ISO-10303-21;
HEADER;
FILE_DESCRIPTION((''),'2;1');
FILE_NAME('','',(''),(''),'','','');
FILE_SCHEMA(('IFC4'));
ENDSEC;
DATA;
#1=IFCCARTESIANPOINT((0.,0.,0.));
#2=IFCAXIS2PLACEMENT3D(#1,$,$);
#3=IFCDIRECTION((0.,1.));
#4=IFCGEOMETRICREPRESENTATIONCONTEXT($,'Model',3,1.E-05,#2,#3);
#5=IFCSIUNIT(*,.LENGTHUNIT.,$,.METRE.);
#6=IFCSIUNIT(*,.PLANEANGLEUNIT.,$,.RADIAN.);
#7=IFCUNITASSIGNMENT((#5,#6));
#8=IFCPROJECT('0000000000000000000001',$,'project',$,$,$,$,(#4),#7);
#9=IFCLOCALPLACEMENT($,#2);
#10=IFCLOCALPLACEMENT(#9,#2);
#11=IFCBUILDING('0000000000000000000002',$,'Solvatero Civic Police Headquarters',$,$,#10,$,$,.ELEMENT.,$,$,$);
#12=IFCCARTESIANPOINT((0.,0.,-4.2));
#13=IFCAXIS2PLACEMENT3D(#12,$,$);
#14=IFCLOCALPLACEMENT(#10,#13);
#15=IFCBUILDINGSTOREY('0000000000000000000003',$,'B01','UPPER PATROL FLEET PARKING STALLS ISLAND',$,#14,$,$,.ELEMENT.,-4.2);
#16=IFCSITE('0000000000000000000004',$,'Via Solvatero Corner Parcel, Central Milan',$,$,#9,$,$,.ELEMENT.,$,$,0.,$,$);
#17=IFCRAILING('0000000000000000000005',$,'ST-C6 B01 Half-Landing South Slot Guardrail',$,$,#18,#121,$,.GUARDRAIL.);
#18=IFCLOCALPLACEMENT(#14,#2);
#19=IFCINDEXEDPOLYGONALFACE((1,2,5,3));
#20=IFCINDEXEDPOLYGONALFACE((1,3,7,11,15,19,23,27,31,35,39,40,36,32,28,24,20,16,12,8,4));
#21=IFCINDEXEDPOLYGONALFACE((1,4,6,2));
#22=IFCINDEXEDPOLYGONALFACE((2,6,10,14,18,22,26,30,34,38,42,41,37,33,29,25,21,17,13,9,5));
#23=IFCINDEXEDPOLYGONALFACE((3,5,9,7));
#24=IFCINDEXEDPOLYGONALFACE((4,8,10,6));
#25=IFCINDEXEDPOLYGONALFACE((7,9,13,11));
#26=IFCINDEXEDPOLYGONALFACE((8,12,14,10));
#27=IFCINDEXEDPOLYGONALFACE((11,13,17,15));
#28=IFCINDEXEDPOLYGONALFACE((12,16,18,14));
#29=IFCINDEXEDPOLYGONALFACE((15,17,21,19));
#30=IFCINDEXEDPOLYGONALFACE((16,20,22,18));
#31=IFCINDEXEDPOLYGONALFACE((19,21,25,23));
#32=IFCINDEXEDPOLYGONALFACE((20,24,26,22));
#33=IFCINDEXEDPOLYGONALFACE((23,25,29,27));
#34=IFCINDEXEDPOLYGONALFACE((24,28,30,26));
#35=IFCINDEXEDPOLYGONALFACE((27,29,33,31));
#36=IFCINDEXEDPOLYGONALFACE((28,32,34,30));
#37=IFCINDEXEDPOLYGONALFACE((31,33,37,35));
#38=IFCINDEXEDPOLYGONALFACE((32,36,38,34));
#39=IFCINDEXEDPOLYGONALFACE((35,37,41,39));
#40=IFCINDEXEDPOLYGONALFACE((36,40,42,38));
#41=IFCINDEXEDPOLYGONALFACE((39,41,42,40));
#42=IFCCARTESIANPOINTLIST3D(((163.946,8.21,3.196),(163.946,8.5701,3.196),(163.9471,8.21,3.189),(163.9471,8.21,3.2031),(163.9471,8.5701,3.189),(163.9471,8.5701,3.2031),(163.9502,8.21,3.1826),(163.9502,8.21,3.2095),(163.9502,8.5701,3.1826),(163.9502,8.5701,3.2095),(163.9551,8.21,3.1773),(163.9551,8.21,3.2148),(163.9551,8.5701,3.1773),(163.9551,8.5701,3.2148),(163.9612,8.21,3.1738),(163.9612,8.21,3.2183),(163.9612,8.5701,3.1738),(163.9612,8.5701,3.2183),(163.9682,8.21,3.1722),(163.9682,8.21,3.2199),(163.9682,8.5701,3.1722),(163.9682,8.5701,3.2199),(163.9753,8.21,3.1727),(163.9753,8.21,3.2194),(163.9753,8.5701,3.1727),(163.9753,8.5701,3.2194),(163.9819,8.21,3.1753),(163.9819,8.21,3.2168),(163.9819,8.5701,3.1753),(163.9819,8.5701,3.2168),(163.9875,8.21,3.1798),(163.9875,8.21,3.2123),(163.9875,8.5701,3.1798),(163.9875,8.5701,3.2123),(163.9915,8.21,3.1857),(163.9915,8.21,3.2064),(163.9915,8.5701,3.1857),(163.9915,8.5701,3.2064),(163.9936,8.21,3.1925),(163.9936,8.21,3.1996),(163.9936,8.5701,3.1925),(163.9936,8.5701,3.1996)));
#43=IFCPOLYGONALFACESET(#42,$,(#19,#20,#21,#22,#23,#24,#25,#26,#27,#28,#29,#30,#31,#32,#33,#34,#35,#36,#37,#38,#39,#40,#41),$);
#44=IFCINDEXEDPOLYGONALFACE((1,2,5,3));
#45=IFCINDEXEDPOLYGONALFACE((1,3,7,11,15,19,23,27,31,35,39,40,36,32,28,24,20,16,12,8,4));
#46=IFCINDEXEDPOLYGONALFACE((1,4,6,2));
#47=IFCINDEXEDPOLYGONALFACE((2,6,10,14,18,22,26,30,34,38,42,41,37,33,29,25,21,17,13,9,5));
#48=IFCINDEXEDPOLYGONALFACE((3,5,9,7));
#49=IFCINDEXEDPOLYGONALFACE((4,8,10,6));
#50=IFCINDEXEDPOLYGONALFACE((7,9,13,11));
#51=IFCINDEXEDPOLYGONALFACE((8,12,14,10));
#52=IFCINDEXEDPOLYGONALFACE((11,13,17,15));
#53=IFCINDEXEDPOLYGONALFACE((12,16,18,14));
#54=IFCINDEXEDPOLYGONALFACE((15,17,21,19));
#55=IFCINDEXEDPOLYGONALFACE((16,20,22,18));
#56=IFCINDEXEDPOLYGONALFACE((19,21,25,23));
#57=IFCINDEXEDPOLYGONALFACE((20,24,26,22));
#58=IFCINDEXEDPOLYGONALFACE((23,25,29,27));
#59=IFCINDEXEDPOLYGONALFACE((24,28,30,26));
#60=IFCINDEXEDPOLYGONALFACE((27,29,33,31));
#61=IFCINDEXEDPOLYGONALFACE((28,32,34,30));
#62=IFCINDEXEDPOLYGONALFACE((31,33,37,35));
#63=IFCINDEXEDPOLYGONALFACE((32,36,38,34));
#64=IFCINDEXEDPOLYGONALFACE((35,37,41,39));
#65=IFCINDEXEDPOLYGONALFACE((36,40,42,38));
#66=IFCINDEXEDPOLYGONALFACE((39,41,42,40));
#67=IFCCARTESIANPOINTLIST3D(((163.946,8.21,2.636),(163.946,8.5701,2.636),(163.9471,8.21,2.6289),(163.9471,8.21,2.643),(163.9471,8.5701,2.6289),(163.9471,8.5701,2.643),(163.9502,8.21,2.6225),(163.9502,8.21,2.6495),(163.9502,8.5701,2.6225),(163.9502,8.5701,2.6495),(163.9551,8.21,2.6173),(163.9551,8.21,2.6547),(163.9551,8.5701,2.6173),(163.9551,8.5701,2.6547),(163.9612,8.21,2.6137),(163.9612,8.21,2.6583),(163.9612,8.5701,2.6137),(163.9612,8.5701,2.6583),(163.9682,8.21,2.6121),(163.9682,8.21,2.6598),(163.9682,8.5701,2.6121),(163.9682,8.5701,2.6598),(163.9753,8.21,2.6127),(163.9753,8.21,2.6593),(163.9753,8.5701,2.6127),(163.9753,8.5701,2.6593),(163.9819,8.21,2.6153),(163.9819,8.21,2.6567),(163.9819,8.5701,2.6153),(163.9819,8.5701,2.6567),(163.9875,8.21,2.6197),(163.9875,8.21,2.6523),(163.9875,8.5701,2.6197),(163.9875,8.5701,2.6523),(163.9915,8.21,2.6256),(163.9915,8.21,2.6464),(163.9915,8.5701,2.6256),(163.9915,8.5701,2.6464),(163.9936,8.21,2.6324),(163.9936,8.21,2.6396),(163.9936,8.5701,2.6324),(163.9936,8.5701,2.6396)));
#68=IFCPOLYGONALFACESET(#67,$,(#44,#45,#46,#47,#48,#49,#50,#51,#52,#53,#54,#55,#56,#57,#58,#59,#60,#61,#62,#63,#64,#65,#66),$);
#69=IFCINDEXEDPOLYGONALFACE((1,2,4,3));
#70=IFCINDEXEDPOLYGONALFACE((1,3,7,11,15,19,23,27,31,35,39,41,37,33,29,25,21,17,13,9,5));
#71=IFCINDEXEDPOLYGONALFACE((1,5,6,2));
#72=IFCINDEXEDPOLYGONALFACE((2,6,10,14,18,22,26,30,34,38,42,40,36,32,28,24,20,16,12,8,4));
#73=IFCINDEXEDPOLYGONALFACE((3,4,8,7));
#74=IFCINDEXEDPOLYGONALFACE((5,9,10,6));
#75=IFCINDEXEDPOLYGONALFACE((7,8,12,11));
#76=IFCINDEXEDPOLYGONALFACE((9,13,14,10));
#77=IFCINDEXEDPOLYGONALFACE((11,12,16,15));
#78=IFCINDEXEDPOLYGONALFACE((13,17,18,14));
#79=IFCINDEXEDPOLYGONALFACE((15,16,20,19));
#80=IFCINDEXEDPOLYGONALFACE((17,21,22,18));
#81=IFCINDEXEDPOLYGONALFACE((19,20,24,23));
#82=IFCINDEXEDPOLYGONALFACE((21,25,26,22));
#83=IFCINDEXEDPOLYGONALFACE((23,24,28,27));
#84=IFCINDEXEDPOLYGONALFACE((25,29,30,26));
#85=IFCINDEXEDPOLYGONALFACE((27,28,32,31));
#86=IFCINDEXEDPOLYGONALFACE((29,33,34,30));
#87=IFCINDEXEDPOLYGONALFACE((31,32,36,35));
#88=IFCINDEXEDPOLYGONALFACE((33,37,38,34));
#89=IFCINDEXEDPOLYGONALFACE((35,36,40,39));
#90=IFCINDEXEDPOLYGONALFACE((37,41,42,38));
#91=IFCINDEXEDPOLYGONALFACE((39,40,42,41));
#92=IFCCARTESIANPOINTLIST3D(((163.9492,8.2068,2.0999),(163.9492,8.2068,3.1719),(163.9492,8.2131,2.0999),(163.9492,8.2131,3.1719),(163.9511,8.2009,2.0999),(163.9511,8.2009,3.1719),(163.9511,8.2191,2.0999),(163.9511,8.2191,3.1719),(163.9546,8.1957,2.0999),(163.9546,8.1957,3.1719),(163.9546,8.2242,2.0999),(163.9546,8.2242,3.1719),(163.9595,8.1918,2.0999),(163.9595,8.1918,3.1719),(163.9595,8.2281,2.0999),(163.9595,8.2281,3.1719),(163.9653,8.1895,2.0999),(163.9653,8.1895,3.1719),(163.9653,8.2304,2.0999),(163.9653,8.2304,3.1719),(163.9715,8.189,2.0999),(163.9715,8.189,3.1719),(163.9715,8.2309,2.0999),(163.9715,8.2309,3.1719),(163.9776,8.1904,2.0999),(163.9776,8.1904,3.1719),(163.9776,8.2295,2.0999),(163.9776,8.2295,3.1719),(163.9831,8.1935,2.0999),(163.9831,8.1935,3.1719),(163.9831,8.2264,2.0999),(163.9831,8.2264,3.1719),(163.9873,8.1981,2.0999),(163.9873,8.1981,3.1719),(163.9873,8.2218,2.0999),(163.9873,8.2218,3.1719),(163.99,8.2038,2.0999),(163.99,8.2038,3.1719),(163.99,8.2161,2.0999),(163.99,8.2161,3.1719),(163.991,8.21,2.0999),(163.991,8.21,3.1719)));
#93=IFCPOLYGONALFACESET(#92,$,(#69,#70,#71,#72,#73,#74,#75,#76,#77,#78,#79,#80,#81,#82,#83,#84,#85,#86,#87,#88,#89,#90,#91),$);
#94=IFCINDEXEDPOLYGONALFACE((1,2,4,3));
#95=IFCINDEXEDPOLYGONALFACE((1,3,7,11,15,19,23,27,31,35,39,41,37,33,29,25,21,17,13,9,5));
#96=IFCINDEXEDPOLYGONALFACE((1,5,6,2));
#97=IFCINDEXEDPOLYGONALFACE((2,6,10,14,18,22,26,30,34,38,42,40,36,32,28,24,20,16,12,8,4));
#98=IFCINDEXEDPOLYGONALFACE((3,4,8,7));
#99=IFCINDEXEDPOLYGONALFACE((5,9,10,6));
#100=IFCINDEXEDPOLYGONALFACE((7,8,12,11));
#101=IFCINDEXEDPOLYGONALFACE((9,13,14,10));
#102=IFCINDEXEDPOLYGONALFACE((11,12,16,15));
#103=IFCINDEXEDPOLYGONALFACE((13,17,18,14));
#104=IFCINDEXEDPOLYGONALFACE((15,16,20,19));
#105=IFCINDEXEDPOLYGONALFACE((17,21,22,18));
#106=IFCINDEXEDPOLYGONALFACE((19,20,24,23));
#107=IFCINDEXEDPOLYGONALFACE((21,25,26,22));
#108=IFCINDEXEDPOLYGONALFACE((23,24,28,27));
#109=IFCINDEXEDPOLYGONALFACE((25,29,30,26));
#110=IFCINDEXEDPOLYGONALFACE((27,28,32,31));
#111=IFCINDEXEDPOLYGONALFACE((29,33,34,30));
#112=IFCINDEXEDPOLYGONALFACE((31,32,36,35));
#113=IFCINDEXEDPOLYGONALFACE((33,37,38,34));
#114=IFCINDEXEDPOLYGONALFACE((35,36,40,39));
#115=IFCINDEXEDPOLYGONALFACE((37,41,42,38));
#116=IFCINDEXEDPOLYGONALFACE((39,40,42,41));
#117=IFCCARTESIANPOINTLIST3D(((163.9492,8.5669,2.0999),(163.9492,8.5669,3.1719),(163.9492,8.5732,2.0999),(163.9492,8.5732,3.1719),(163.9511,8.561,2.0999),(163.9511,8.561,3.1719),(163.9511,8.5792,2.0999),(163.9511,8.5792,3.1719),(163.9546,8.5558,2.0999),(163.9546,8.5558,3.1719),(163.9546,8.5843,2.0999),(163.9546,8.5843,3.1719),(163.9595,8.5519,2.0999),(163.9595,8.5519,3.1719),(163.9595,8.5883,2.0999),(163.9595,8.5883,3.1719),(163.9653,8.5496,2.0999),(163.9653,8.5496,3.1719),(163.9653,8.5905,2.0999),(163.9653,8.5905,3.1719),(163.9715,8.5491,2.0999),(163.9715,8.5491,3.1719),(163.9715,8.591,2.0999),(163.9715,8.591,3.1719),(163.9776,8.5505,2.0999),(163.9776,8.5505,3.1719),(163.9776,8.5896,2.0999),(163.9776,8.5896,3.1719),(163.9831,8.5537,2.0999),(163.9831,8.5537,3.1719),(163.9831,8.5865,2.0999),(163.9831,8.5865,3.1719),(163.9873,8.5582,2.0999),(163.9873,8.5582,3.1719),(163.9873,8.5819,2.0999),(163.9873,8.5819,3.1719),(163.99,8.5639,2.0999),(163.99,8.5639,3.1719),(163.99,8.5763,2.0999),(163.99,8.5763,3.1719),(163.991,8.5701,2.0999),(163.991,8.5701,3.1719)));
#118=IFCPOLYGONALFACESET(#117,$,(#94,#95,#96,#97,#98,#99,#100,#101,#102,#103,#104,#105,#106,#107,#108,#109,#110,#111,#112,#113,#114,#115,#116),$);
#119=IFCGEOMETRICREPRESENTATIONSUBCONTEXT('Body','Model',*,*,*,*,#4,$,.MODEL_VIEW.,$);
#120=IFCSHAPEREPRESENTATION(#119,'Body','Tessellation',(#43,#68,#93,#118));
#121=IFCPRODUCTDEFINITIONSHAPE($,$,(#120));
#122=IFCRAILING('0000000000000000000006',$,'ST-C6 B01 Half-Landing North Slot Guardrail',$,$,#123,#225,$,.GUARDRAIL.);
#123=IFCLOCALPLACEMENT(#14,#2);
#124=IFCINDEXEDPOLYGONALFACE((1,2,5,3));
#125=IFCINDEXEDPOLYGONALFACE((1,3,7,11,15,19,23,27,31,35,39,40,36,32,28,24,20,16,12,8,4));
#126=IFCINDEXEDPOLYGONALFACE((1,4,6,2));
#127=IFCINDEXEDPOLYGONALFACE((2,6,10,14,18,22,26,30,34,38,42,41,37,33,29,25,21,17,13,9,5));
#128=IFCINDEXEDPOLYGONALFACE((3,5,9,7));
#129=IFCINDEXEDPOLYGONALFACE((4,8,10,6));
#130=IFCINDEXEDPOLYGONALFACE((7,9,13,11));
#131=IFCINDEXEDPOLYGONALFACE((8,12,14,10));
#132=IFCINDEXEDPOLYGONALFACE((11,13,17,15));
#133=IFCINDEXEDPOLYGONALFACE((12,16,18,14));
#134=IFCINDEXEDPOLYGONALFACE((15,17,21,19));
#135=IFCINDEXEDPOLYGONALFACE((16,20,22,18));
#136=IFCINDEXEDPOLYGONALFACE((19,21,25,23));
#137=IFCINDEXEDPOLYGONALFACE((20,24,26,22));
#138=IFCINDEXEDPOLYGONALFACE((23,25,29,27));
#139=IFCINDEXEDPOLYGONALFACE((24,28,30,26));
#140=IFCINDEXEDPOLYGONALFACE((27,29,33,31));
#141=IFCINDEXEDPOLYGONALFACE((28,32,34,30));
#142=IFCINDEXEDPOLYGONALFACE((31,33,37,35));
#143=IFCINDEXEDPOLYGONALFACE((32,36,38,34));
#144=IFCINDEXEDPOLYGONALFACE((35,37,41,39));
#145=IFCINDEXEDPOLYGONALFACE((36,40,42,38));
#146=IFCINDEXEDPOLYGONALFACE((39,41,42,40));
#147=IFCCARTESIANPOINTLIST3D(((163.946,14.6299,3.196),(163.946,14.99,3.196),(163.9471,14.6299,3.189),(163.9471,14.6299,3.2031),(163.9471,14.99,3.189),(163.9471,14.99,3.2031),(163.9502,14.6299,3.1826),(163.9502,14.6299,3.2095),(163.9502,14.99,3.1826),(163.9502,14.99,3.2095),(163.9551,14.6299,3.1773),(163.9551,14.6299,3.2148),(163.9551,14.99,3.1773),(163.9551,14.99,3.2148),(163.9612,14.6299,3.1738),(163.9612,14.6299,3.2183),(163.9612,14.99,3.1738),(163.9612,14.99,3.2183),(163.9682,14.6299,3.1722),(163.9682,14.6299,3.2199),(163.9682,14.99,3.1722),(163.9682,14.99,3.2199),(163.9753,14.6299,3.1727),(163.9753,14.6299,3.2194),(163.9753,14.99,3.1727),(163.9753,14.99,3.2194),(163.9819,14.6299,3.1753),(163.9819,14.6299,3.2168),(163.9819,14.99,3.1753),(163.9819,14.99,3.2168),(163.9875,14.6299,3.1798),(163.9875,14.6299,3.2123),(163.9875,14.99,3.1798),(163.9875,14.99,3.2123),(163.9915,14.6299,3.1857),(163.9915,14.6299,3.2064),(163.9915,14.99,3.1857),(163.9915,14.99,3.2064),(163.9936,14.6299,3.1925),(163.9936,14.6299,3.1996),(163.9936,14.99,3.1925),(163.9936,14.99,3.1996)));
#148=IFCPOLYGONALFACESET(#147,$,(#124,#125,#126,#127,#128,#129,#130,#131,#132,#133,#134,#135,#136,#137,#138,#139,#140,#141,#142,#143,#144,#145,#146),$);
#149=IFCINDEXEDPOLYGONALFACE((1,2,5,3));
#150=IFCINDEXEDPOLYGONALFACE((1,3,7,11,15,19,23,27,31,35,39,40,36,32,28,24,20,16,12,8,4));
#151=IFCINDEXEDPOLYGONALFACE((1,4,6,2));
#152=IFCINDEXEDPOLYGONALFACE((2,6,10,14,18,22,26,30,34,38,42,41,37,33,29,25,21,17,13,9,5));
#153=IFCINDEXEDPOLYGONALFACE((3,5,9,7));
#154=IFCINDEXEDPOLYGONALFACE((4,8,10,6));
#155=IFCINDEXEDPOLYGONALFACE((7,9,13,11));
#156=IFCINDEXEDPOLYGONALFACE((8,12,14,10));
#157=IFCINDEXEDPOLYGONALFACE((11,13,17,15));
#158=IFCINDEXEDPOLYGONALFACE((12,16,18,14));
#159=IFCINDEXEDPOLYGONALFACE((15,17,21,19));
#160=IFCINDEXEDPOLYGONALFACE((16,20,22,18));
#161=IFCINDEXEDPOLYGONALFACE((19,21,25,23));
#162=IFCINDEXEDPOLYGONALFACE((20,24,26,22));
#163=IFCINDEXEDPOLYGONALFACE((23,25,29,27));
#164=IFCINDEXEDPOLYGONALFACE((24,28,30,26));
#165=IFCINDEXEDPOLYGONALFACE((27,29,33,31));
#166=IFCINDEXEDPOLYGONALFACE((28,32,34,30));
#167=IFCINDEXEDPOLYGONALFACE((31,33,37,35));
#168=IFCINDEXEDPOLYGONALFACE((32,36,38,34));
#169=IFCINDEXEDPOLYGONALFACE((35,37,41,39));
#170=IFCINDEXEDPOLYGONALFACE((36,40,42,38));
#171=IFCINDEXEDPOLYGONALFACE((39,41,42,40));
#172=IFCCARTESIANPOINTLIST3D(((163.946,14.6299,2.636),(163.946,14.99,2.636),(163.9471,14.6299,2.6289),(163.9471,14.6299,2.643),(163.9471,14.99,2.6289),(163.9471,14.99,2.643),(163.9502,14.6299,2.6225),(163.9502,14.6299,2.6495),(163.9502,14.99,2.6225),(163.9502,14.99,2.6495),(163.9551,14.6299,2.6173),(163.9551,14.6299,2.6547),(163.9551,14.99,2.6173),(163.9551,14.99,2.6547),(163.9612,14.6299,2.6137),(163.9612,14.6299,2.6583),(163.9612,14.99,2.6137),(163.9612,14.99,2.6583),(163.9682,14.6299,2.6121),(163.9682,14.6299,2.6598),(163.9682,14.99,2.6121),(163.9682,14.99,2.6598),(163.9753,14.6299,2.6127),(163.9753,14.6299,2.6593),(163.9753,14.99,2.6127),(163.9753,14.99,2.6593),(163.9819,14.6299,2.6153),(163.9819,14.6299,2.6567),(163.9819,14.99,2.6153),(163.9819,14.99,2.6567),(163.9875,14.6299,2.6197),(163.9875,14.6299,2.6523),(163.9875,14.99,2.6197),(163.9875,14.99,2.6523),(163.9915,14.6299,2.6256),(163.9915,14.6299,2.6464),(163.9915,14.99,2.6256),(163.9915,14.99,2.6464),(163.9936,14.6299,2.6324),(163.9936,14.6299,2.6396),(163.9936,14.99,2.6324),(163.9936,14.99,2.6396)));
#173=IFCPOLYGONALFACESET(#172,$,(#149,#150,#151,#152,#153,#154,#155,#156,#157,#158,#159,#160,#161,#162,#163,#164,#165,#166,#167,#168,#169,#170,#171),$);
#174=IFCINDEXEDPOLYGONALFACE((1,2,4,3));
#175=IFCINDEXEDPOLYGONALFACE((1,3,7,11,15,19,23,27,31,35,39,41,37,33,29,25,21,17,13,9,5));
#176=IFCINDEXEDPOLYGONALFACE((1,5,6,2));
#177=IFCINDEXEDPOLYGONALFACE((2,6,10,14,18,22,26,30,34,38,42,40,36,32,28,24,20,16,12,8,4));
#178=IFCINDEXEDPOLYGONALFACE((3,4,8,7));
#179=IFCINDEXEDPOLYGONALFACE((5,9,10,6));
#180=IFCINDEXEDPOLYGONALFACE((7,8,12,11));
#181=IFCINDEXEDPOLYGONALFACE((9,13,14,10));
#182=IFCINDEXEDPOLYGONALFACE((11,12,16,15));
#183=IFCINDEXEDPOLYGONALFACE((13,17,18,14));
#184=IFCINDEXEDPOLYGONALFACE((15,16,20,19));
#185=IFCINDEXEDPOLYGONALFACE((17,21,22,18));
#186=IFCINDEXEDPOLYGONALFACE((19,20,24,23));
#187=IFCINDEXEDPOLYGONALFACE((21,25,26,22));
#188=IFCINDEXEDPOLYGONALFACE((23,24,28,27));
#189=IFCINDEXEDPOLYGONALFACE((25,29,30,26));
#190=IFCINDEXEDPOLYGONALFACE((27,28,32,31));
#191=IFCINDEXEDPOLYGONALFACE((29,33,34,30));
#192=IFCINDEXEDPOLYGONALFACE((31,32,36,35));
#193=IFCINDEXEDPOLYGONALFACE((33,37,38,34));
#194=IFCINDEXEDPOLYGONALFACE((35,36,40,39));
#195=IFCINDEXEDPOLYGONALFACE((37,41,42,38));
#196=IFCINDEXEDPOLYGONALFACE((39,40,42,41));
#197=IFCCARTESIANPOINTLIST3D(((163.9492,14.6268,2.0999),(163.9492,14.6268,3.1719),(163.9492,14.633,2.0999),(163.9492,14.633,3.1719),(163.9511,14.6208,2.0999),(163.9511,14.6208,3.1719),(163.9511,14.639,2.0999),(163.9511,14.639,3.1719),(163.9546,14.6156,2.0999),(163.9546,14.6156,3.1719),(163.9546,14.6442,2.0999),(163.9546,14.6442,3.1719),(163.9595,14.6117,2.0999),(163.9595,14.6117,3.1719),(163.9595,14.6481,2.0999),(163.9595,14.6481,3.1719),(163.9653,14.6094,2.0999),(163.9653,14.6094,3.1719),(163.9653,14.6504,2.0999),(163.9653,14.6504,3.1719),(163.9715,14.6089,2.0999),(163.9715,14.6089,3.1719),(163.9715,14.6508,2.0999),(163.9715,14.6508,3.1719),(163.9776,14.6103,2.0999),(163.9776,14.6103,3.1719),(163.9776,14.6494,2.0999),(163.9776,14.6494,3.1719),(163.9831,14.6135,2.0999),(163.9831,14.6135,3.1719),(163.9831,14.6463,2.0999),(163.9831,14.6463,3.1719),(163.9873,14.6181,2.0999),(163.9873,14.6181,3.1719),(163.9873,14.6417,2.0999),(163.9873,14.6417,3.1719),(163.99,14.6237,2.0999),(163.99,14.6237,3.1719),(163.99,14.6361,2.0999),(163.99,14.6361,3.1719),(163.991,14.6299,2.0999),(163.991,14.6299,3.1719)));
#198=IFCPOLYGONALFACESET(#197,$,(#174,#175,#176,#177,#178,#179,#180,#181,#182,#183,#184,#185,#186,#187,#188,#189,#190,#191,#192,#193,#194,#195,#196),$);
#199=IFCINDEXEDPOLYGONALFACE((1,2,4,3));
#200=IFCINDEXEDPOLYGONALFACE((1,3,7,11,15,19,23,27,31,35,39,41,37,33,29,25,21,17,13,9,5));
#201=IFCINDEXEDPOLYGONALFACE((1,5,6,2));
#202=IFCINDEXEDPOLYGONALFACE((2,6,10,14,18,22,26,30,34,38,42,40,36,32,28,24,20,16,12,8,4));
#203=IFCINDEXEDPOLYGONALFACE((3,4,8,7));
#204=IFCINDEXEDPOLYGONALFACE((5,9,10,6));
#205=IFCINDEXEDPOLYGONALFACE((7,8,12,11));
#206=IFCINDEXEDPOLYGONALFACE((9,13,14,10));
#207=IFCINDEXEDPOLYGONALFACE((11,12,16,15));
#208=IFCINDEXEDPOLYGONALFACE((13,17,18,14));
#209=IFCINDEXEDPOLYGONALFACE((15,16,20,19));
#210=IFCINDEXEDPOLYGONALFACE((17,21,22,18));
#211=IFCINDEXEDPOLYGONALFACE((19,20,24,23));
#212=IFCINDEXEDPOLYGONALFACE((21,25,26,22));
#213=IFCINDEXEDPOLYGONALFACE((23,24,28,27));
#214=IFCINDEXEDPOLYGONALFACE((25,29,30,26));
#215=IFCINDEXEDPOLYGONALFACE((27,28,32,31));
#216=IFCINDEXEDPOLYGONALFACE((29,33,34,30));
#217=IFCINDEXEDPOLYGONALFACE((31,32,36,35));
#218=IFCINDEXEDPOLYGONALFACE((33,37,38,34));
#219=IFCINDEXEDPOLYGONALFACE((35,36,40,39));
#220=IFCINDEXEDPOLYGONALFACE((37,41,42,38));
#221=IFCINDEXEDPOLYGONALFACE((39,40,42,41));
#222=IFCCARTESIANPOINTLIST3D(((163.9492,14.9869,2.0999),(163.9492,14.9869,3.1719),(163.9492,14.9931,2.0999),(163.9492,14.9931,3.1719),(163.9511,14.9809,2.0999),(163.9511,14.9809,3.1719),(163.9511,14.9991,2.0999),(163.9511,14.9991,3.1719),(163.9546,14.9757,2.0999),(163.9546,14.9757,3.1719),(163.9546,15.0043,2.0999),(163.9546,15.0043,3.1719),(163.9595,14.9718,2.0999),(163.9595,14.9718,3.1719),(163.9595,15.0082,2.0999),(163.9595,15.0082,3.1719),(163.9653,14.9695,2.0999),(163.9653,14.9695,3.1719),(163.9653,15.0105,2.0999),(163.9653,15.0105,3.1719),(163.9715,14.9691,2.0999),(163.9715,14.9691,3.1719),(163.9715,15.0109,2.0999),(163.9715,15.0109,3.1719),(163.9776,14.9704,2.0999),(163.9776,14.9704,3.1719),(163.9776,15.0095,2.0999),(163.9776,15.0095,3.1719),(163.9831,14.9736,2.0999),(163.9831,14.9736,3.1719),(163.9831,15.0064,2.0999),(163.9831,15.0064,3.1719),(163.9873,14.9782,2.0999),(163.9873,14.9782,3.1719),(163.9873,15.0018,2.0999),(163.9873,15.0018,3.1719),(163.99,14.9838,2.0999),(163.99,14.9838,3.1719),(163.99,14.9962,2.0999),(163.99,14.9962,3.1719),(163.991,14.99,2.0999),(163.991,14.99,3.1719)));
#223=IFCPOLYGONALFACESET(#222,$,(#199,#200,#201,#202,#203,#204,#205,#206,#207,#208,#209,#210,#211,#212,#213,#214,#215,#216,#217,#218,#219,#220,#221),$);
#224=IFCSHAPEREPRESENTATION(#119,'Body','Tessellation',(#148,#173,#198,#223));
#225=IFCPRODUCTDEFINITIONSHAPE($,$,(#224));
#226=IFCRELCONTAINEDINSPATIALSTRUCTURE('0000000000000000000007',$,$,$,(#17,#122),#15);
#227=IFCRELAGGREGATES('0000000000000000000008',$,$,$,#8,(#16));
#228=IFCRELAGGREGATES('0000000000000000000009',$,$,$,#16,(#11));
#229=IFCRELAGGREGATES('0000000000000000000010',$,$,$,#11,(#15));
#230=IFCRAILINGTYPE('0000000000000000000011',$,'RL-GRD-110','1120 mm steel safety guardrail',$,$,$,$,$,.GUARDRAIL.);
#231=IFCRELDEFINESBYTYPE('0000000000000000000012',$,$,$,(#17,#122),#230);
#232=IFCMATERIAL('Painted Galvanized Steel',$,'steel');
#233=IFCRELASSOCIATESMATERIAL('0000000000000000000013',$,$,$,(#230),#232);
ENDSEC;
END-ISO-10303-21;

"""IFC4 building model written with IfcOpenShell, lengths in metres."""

from ifc_helpers import new_model, si_unit, direction, frame, origin, origin_2d, place, context, subcontext, project, spatial, circle, extrude, material, type_object, element, save


model = new_model("IFC4")

# Units and contexts
model_context = context("Model", 3, precision=1e-05, world=origin(), true_north=direction((0.0, 1.0)))
body_context = subcontext(model_context, "Body", "Model", "MODEL_VIEW")
ifc_project = project(units=[si_unit("LENGTHUNIT", "METRE"), si_unit("PLANEANGLEUNIT", "RADIAN")], contexts=[model_context])

# Site, building, storey
site_placement = place(None, origin())
site = spatial("IfcSite", under=ifc_project, at=site_placement, Name="Via Solvatero Corner Parcel, Central Milan", CompositionType="ELEMENT", RefElevation=0.0)
building_placement = place(site_placement, origin())
building = spatial("IfcBuilding", under=site, at=building_placement, Name="Solvatero Civic Police Headquarters", CompositionType="ELEMENT")
storey_placement = place(building_placement, frame((0.0, 0.0, -4.2)))
storey = spatial("IfcBuildingStorey", under=building, at=storey_placement, Name="B01", Description="UPPER PATROL FLEET PARKING STALLS ISLAND", CompositionType="ELEMENT", Elevation=-4.2)

# Railings
ifc_material_1 = material(Name="Painted Galvanized Steel", Category="steel")
railing_type_1 = type_object("IfcRailingType", Name="RL-GRD-110", Description="1120 mm steel safety guardrail", PredefinedType="GUARDRAIL", material=ifc_material_1)
for number, where, name in (
    (1, (163.97, 8.21, 2.0999), "ST-C6 B01 Half-Landing South Slot Guardrail"),
    (2, (163.97, 14.6299, 2.0999), "ST-C6 B01 Half-Landing North Slot Guardrail"),
):
    element("IfcRailing", number, at=place(storey_placement, frame(where)), inside=storey, type_object=railing_type_1, Name=name, PredefinedType="GUARDRAIL", context=body_context, shape_type="SweptSolid", body=[
        extrude(circle(Radius=0.0239, at=origin_2d()), frame((0.0, 0.0, 1.0962), z_axis=(0.0, 1.0, 0.0), x_axis=(-1.0, 0.0, 0.0)), (0.0, 0.0, 1.0), 0.3601),
        extrude(circle(Radius=0.0239, at=origin_2d()), frame((0.0, 0.0, 0.5361), z_axis=(0.0, 1.0, 0.0), x_axis=(-1.0, 0.0, 0.0)), (0.0, 0.0, 1.0), 0.3601),
        extrude(circle(Radius=0.021, at=origin_2d()), origin(), (0.0, 0.0, 1.0), 1.072),
        extrude(circle(Radius=0.021, at=origin_2d()), frame((0.0, 0.3601, 0.0)), (0.0, 0.0, 1.0), 1.072),
    ])

save(model, "model.ifc")
